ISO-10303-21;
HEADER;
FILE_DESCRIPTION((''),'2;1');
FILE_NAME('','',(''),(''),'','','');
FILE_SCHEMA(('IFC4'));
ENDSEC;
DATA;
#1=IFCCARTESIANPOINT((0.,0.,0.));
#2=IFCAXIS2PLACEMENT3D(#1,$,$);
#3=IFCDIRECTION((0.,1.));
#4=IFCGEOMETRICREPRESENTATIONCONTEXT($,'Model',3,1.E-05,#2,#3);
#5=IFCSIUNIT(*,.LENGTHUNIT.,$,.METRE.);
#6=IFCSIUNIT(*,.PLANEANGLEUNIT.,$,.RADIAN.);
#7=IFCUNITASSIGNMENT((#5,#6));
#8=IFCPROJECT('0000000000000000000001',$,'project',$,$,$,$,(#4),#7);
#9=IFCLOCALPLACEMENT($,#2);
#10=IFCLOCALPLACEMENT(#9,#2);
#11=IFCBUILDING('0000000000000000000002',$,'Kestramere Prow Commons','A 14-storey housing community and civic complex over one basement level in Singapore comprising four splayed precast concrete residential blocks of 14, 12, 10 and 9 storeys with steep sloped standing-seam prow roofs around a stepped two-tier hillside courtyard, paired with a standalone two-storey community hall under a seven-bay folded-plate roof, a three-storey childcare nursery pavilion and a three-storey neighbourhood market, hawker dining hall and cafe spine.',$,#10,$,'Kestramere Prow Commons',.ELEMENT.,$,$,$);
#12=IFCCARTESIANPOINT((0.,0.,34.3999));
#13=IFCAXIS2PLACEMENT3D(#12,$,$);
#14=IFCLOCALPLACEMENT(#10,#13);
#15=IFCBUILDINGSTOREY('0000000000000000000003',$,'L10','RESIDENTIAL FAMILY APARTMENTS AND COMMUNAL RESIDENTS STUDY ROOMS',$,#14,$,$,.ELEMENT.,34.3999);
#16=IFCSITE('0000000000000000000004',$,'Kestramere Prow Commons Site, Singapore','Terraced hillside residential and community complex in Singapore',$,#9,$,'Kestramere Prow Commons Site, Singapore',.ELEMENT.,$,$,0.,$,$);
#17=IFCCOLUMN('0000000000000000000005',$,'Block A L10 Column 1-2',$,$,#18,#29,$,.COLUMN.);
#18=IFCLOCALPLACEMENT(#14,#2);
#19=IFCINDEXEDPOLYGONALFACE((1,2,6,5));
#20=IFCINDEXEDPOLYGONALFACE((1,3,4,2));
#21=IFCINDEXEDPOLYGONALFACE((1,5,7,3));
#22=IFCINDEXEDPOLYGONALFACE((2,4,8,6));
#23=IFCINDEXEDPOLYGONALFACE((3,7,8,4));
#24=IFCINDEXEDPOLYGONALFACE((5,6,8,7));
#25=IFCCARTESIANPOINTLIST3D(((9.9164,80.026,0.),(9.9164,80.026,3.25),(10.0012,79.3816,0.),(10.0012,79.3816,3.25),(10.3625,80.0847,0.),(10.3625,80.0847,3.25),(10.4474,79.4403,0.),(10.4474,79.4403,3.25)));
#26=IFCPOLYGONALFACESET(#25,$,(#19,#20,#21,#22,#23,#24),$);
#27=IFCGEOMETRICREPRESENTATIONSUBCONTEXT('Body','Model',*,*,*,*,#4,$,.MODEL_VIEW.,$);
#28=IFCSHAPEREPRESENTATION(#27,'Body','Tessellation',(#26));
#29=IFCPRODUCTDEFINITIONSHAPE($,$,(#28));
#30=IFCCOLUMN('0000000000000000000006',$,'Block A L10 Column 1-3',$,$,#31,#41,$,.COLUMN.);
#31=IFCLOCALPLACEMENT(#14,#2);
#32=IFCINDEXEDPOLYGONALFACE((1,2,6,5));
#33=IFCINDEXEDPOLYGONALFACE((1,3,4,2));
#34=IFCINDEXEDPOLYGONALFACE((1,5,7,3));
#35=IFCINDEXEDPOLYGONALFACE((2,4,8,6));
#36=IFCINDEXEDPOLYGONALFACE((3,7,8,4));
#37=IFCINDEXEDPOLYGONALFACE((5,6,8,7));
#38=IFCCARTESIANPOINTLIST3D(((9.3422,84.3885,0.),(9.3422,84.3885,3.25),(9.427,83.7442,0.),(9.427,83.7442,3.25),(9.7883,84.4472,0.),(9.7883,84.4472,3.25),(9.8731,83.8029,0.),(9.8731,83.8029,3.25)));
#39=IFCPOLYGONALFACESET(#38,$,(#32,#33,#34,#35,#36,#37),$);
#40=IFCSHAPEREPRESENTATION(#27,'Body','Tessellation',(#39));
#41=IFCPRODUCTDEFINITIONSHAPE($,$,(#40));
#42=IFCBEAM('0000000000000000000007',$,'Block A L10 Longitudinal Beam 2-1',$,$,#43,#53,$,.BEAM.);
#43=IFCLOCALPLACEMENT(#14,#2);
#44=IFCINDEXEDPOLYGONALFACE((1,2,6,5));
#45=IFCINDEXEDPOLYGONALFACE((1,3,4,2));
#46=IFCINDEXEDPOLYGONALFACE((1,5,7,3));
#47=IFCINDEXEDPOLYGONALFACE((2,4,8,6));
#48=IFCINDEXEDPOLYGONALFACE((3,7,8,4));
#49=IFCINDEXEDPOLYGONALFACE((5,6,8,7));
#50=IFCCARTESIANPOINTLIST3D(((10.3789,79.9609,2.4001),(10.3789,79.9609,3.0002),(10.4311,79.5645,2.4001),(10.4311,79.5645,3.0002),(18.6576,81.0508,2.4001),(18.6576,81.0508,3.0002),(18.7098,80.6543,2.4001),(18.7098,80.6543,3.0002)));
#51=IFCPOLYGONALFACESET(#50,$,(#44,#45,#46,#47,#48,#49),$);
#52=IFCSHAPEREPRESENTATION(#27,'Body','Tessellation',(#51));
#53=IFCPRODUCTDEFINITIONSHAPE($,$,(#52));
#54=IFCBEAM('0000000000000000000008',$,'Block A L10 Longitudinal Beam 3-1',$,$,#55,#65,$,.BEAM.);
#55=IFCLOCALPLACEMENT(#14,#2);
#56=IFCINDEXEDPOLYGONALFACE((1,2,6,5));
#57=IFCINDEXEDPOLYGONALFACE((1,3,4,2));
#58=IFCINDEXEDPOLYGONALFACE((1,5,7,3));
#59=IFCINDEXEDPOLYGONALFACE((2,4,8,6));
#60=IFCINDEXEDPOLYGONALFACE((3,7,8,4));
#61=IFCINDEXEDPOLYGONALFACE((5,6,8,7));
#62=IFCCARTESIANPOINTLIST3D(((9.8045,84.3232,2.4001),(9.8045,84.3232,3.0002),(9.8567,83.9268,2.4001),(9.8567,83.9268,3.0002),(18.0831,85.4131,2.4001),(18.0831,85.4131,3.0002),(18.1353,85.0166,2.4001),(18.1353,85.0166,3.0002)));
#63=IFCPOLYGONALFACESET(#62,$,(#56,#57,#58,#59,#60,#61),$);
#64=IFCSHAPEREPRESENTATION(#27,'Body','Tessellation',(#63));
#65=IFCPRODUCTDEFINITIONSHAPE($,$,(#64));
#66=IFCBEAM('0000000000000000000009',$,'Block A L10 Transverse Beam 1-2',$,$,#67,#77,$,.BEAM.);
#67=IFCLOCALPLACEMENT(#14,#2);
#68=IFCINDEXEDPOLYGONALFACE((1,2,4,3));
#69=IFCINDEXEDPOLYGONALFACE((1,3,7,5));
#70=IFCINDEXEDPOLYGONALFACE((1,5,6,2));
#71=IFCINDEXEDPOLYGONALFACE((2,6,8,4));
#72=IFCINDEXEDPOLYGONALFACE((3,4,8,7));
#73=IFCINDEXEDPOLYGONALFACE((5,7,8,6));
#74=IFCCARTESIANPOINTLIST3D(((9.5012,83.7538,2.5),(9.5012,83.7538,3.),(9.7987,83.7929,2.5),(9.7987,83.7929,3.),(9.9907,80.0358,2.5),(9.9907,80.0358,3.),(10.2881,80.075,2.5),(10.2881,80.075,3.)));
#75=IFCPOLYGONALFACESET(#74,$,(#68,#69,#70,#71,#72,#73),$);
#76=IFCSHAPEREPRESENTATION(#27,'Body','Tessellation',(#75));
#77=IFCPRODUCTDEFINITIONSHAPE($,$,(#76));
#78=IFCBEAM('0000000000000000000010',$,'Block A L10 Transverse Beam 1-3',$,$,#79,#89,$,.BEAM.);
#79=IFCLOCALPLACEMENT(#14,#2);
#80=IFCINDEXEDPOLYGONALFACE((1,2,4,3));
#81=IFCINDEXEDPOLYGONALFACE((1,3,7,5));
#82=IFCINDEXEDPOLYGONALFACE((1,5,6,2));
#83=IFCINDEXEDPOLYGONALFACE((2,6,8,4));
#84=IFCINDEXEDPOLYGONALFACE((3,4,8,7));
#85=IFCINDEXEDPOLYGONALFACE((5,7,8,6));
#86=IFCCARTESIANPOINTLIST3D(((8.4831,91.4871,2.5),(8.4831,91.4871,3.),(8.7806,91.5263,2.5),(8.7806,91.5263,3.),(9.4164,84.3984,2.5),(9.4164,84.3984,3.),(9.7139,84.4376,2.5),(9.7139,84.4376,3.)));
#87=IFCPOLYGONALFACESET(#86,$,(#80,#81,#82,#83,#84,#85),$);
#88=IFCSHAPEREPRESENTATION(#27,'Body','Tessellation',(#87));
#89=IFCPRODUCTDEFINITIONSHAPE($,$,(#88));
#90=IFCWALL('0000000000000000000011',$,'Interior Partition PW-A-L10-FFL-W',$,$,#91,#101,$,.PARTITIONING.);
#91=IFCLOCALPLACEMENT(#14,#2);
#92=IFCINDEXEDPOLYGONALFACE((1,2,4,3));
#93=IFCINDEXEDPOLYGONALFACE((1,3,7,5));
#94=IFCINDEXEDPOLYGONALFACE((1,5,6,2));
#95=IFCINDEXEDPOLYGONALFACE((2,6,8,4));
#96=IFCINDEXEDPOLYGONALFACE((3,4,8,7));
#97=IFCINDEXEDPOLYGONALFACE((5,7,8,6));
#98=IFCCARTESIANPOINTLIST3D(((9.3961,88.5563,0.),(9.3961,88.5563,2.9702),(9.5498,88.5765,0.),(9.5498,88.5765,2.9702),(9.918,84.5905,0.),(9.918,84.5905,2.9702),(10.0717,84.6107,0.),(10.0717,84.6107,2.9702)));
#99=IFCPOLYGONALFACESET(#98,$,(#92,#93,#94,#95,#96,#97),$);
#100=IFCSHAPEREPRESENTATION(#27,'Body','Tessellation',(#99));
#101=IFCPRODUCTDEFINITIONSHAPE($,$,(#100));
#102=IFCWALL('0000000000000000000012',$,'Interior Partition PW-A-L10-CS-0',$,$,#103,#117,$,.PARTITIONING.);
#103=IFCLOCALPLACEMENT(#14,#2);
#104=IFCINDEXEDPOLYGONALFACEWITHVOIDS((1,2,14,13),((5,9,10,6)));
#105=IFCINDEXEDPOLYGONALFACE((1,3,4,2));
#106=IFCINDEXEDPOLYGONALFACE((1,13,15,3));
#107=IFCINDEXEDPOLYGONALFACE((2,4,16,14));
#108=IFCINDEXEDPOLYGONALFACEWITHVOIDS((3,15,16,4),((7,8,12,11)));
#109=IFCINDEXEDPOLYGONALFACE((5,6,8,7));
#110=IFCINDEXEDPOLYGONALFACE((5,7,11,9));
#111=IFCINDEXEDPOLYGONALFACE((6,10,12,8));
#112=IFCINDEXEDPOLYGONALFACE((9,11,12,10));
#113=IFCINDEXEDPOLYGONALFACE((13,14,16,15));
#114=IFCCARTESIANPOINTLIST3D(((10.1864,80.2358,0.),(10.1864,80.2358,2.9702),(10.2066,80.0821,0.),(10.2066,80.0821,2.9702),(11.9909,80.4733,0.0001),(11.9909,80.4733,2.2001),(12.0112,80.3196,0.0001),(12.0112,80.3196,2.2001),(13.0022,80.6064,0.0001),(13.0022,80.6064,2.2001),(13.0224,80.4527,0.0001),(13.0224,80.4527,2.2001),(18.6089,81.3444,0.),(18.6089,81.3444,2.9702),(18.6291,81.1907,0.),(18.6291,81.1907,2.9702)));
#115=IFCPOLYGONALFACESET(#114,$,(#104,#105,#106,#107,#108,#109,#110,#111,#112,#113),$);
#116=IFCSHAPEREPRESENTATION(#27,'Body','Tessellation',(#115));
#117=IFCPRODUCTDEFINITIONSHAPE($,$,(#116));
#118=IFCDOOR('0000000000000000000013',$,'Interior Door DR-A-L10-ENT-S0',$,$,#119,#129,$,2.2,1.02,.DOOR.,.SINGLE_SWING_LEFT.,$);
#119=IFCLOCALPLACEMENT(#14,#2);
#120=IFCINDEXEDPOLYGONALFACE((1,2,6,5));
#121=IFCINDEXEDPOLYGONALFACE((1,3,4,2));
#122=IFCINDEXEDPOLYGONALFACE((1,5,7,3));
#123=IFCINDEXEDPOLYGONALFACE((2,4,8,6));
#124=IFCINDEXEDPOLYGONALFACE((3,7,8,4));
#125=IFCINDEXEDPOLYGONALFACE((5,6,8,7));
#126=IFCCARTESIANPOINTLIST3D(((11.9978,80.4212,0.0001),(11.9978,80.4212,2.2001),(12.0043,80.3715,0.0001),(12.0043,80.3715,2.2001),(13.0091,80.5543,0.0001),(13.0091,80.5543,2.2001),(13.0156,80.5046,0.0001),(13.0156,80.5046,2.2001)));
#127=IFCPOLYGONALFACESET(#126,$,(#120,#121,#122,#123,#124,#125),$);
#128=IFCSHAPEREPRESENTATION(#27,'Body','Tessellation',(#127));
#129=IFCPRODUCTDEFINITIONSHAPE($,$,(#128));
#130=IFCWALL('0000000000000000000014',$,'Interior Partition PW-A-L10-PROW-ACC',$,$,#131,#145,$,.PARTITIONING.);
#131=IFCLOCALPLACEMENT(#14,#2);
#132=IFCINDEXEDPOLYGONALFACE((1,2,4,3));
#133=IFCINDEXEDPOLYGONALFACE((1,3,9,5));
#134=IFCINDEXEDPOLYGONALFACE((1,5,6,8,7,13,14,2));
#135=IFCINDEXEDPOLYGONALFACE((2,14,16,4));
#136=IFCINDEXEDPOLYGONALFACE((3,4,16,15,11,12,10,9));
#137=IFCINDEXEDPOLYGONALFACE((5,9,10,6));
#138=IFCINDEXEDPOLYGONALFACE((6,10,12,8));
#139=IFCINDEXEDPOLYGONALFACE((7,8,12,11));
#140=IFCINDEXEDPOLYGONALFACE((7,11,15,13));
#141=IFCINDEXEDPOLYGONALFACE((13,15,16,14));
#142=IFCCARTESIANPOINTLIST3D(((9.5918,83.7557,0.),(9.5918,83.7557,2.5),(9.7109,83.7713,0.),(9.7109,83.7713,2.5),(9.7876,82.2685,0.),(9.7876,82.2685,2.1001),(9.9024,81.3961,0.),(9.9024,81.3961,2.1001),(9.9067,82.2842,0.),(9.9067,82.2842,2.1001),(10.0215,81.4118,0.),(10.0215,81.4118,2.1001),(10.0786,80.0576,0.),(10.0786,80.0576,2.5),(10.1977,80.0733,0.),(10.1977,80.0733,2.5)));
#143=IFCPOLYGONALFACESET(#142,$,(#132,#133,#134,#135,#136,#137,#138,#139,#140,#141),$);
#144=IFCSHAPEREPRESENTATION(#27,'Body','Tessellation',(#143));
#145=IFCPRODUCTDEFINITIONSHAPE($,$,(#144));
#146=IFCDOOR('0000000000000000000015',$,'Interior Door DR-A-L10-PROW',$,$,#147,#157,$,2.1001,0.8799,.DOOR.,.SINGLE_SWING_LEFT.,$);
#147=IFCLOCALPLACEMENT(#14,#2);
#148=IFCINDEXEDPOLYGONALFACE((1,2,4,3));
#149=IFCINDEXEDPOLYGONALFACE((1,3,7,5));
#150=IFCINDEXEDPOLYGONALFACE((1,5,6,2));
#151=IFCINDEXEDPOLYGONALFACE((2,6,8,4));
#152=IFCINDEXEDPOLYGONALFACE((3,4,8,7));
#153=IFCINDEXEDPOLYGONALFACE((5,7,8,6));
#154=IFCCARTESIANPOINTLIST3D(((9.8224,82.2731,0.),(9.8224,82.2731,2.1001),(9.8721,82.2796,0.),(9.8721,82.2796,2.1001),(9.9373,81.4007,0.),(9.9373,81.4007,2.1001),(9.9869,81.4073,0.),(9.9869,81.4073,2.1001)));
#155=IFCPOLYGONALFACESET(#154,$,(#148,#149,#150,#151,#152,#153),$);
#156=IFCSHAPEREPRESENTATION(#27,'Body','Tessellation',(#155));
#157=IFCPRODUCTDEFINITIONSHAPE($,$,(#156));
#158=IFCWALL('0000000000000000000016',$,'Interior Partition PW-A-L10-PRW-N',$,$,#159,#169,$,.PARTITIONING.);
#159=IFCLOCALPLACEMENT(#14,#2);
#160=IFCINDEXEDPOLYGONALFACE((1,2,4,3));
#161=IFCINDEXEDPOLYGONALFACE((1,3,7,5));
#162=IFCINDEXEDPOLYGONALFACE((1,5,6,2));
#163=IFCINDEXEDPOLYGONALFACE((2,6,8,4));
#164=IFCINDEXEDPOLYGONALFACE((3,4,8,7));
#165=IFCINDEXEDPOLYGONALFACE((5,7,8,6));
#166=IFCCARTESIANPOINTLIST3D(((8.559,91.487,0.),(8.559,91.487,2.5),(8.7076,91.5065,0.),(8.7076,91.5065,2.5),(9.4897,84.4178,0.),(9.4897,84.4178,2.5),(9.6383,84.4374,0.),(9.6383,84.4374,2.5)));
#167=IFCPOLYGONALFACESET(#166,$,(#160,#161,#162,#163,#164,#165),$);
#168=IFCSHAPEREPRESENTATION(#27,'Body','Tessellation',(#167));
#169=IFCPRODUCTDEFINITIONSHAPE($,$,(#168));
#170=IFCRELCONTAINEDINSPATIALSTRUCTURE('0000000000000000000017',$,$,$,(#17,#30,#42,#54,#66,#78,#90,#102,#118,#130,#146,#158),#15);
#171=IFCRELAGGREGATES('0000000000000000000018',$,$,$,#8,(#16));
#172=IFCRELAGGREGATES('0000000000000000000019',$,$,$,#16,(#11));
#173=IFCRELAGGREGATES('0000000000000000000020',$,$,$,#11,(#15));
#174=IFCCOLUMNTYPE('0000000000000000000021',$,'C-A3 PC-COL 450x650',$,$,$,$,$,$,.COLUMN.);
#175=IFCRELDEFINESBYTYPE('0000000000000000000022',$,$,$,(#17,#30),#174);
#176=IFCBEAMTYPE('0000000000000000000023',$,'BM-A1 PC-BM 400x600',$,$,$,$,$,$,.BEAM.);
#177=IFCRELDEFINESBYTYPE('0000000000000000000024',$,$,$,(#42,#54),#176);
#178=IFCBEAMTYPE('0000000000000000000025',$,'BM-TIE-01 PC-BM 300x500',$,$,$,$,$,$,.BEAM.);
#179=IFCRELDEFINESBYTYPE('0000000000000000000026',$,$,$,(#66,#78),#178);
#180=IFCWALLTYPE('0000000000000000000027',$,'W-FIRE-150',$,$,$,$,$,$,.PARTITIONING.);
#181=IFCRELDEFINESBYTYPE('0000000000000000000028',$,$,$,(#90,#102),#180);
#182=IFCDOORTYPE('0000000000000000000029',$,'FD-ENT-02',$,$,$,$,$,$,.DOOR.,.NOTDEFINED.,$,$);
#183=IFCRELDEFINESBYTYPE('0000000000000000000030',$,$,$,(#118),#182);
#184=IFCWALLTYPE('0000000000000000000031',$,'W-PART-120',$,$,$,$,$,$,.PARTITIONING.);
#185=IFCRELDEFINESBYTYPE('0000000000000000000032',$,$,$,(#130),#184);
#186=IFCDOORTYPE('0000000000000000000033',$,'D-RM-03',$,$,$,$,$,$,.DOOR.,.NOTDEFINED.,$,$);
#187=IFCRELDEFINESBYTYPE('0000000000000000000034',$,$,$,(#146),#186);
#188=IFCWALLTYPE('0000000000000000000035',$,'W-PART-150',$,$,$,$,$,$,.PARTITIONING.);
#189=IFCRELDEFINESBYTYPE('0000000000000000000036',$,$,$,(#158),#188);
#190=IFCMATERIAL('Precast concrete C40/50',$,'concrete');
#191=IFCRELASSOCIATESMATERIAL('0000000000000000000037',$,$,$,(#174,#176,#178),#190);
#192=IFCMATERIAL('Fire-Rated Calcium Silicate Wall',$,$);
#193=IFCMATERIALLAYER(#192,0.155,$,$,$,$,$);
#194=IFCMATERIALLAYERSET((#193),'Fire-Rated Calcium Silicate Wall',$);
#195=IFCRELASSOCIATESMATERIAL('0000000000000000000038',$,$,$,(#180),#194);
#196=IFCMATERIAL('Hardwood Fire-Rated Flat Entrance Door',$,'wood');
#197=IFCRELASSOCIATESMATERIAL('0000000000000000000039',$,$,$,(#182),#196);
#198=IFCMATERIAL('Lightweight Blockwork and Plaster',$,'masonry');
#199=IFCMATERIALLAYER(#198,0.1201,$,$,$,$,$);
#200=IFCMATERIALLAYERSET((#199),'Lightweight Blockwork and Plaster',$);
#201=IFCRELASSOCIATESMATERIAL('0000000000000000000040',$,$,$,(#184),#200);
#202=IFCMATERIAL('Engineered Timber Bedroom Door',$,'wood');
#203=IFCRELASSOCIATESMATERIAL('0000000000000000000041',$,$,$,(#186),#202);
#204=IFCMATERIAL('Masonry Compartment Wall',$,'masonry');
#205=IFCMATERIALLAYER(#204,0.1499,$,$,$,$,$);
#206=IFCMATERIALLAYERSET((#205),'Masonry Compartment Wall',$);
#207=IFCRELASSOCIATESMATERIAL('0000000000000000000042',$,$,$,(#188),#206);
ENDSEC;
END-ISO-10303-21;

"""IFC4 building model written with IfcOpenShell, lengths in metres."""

from ifc_helpers import new_model, si_unit, direction, frame, frame_2d, origin, origin_2d, place, context, subcontext, project, spatial, rectangle, extrude, material, layer, layer_set, material_profile, profile_set, type_object, element, fill, save


model = new_model("IFC4")

# Units and contexts
model_context = context("Model", 3, precision=1e-05, world=origin(), true_north=direction((0.0, 1.0)))
body_context = subcontext(model_context, "Body", "Model", "MODEL_VIEW")
ifc_project = project(units=[si_unit("LENGTHUNIT", "METRE"), si_unit("PLANEANGLEUNIT", "RADIAN")], contexts=[model_context])

# Site, building, storey
site_placement = place(None, origin())
site = spatial("IfcSite", under=ifc_project, at=site_placement, Name="Kestramere Prow Commons Site, Singapore", Description="Terraced hillside residential and community complex in Singapore", LongName="Kestramere Prow Commons Site, Singapore", CompositionType="ELEMENT", RefElevation=0.0)
building_placement = place(site_placement, origin())
building = spatial("IfcBuilding", under=site, at=building_placement, Name="Kestramere Prow Commons", Description="A 14-storey housing community and civic complex over one basement level in Singapore comprising four splayed precast concrete residential blocks of 14, 12, 10 and 9 storeys with steep sloped standing-seam prow roofs around a stepped two-tier hillside courtyard, paired with a standalone two-storey community hall under a seven-bay folded-plate roof, a three-storey childcare nursery pavilion and a three-storey neighbourhood market, hawker dining hall and cafe spine.", LongName="Kestramere Prow Commons", CompositionType="ELEMENT")
storey_placement = place(building_placement, frame((0.0, 0.0, 34.3999)))
storey = spatial("IfcBuildingStorey", under=building, at=storey_placement, Name="L10", Description="RESIDENTIAL FAMILY APARTMENTS AND COMMUNAL RESIDENTS STUDY ROOMS", CompositionType="ELEMENT", Elevation=34.3999)

# Columns
ifc_material_1 = material(Name="Precast concrete C40/50", Category="concrete")
ifc_material_profile_1 = material_profile(ifc_material_1, rectangle(XDim=0.45, YDim=0.6499, at=origin_2d()), Name="PC-COL 450x650")
ifc_profile_set_1 = profile_set([ifc_material_profile_1], Name="Precast concrete C40/50")
column_type = type_object("IfcColumnType", Name="C-A3 PC-COL 450x650", PredefinedType="COLUMN", material=ifc_profile_set_1)
for number, where, z_axis, x_axis, name in (
    (1, (10.1819, 79.7332, 0.0), (0.0, 0.0, 1.0), (0.991445, 0.130526, 0.0), "Block A L10 Column 1-2"),
    (2, (9.6077, 84.0957, 0.0), (0.0, 0.0, 1.0), (0.991445, 0.130526, 0.0), "Block A L10 Column 1-3"),
):
    element("IfcColumn", number, at=place(storey_placement, frame(where, z_axis=z_axis, x_axis=x_axis)), inside=storey, type_object=column_type, Name=name, PredefinedType="COLUMN", context=body_context, shape_type="SweptSolid", body=[
        extrude(rectangle(XDim=0.45, YDim=0.6499, at=origin_2d()), origin(), (0.0, 0.0, 1.0), 3.25),
    ])

# Beams
ifc_material_profile_2 = material_profile(ifc_material_1, rectangle(XDim=0.3999, YDim=0.6001, at=origin_2d()), Name="PC-BM 400x600")
ifc_profile_set_2 = profile_set([ifc_material_profile_2], Name="Precast concrete C40/50")
beam_type_1 = type_object("IfcBeamType", Name="BM-A1 PC-BM 400x600", PredefinedType="BEAM", material=ifc_profile_set_2)
for number, where, z_axis, x_axis, name in (
    (3, (10.405, 79.7627, 2.7002), (0.991446, 0.13052, 0.0), (-0.13052, 0.991446, 0.0), "Block A L10 Longitudinal Beam 2-1"),
    (4, (9.8306, 84.125, 2.7002), (0.991446, 0.13052, 0.0), (-0.13052, 0.991446, 0.0), "Block A L10 Longitudinal Beam 3-1"),
):
    element("IfcBeam", number, at=place(storey_placement, frame(where, z_axis=z_axis, x_axis=x_axis)), inside=storey, type_object=beam_type_1, Name=name, PredefinedType="BEAM", context=body_context, shape_type="SweptSolid", body=[
        extrude(rectangle(XDim=0.3999, YDim=0.6001, at=origin_2d()), origin(), (0.0, 0.0, 1.0), 8.3501),
    ])
ifc_material_profile_3 = material_profile(ifc_material_1, rectangle(XDim=0.3, YDim=0.5, at=origin_2d()), Name="PC-BM 300x500")
ifc_profile_set_3 = profile_set([ifc_material_profile_3], Name="Precast concrete C40/50")
beam_type_2 = type_object("IfcBeamType", Name="BM-TIE-01 PC-BM 300x500", PredefinedType="BEAM", material=ifc_profile_set_3)
beam_1_placement = place(storey_placement, frame((10.1394, 80.0554, 2.75), z_axis=(-0.13053, 0.991444, 0.0), x_axis=(-0.991444, -0.13053, 0.0)))
element("IfcBeam", 5, at=beam_1_placement, inside=storey, type_object=beam_type_2, Name="Block A L10 Transverse Beam 1-2", PredefinedType="BEAM", context=body_context, shape_type="SweptSolid", body=[
    extrude(rectangle(XDim=0.3, YDim=0.5, at=origin_2d()), origin(), (0.0, 0.0, 1.0), 3.75),
])
beam_2_placement = place(storey_placement, frame((9.5652, 84.418, 2.75), z_axis=(-0.130542, 0.991443, 0.0), x_axis=(-0.991443, -0.130542, 0.0)))
element("IfcBeam", 6, at=beam_2_placement, inside=storey, type_object=beam_type_2, Name="Block A L10 Transverse Beam 1-3", PredefinedType="BEAM", context=body_context, shape_type="SweptSolid", body=[
    extrude(rectangle(XDim=0.3, YDim=0.5, at=origin_2d()), origin(), (0.0, 0.0, 1.0), 7.1499),
])

# Shared definitions
ifc_material_2 = material(Name="Fire-Rated Calcium Silicate Wall")
ifc_layer_1 = layer(ifc_material_2, 0.155)
ifc_layer_set_1 = layer_set([ifc_layer_1], Name="Fire-Rated Calcium Silicate Wall")
wall_type_1 = type_object("IfcWallType", Name="W-FIRE-150", PredefinedType="PARTITIONING", material=ifc_layer_set_1)

# Wall
wall_1_placement = place(storey_placement, frame((9.9949, 84.6006, 0.0), z_axis=(0.0, 0.0, 1.0), x_axis=(-0.130492, 0.991449, 0.0)))
element("IfcWall", 7, at=wall_1_placement, inside=storey, type_object=wall_type_1, Name="Interior Partition PW-A-L10-FFL-W", PredefinedType="PARTITIONING", context=body_context, shape_type="SweptSolid", body=[
    extrude(rectangle(XDim=4.0, YDim=0.155, at=frame_2d((2.0, 0.0))), origin(), (0.0, 0.0, 1.0), 2.9702),
])

# Walls, openings, doors
wall_2_placement = place(storey_placement, frame((10.1965, 80.1589, 0.0), z_axis=(0.0, 0.0, 1.0), x_axis=(0.991448, 0.130505, 0.0)))
wall_2 = element("IfcWall", 8, at=wall_2_placement, inside=storey, type_object=wall_type_1, Name="Interior Partition PW-A-L10-CS-0", PredefinedType="PARTITIONING", context=body_context, shape_type="SweptSolid", body=[
    extrude(rectangle(XDim=8.4951, YDim=0.155, at=frame_2d((4.2476, 0.0))), origin(), (0.0, 0.0, 1.0), 2.9702),
])
opening_1_placement = place(wall_2_placement, frame((1.8201, 0.0, 0.0)))
opening_1 = element("IfcOpeningElement", 9, at=opening_1_placement, cuts=wall_2, PredefinedType="OPENING", context=body_context, shape_type="SweptSolid", body=[
    extrude(rectangle(XDim=1.02, YDim=2.2, at=frame_2d((0.51, 1.1001))), frame((0.0, 0.0925, 0.0), z_axis=(0.0, -1.0, 0.0), x_axis=(1.0, 0.0, 0.0)), (0.0, 0.0, 1.0), 0.1851),
])
ifc_material_3 = material(Name="Hardwood Fire-Rated Flat Entrance Door", Category="wood")
door_type_1 = type_object("IfcDoorType", Name="FD-ENT-02", OperationType="NOTDEFINED", PredefinedType="DOOR", material=ifc_material_3)
door_1_placement = place(opening_1_placement, origin())
door_1 = element("IfcDoor", 10, at=door_1_placement, inside=storey, type_object=door_type_1, Name="Interior Door DR-A-L10-ENT-S0", OperationType="SINGLE_SWING_LEFT", OverallHeight=2.2, OverallWidth=1.02, PredefinedType="DOOR", context=body_context, shape_type="SweptSolid", body=[
    extrude(rectangle(XDim=1.02, YDim=2.2, at=frame_2d((0.51, 1.1001))), frame((0.0, 0.0249, 0.0), z_axis=(0.0, -1.0, 0.0), x_axis=(1.0, 0.0, 0.0)), (0.0, 0.0, 1.0), 0.05),
])
fill(opening_1, door_1)
ifc_material_4 = material(Name="Lightweight Blockwork and Plaster", Category="masonry")
ifc_layer_2 = layer(ifc_material_4, 0.1201)
ifc_layer_set_2 = layer_set([ifc_layer_2], Name="Lightweight Blockwork and Plaster")
wall_type_2 = type_object("IfcWallType", Name="W-PART-120", PredefinedType="PARTITIONING", material=ifc_layer_set_2)
wall_3_placement = place(storey_placement, frame((10.1382, 80.0654, 0.0), z_axis=(0.0, 0.0, 1.0), x_axis=(-0.130517, 0.991446, 0.0)))
wall_3 = element("IfcWall", 11, at=wall_3_placement, inside=storey, type_object=wall_type_2, Name="Interior Partition PW-A-L10-PROW-ACC", PredefinedType="PARTITIONING", context=body_context, shape_type="SweptSolid", body=[
    extrude(rectangle(XDim=3.73, YDim=0.1201, at=frame_2d((1.865, 0.0))), origin(), (0.0, 0.0, 1.0), 2.5),
])
opening_2_placement = place(wall_3_placement, frame((1.3501, 0.0, 0.0)))
opening_2 = element("IfcOpeningElement", 12, at=opening_2_placement, cuts=wall_3, PredefinedType="OPENING", context=body_context, shape_type="SweptSolid", body=[
    extrude(rectangle(XDim=0.8799, YDim=2.1001, at=frame_2d((0.4399, 1.05))), frame((0.0, 0.075, 0.0), z_axis=(0.0, -1.0, 0.0), x_axis=(1.0, 0.0, 0.0)), (0.0, 0.0, 1.0), 0.1501),
])
ifc_material_5 = material(Name="Engineered Timber Bedroom Door", Category="wood")
door_type_2 = type_object("IfcDoorType", Name="D-RM-03", OperationType="NOTDEFINED", PredefinedType="DOOR", material=ifc_material_5)
door_2_placement = place(opening_2_placement, origin())
door_2 = element("IfcDoor", 13, at=door_2_placement, inside=storey, type_object=door_type_2, Name="Interior Door DR-A-L10-PROW", OperationType="SINGLE_SWING_LEFT", OverallHeight=2.1001, OverallWidth=0.8799, PredefinedType="DOOR", context=body_context, shape_type="SweptSolid", body=[
    extrude(rectangle(XDim=0.8799, YDim=2.1001, at=frame_2d((0.4399, 1.05))), frame((0.0, 0.0249, 0.0), z_axis=(0.0, -1.0, 0.0), x_axis=(1.0, 0.0, 0.0)), (0.0, 0.0, 1.0), 0.05),
])
fill(opening_2, door_2)

# Wall
ifc_material_6 = material(Name="Masonry Compartment Wall", Category="masonry")
ifc_layer_3 = layer(ifc_material_6, 0.1499)
ifc_layer_set_3 = layer_set([ifc_layer_3], Name="Masonry Compartment Wall")
wall_type_3 = type_object("IfcWallType", Name="W-PART-150", PredefinedType="PARTITIONING", material=ifc_layer_set_3)
wall_4_placement = place(storey_placement, frame((9.564, 84.4277, 0.0), z_axis=(0.0, 0.0, 1.0), x_axis=(-0.130526, 0.991445, 0.0)))
element("IfcWall", 14, at=wall_4_placement, inside=storey, type_object=wall_type_3, Name="Interior Partition PW-A-L10-PRW-N", PredefinedType="PARTITIONING", context=body_context, shape_type="SweptSolid", body=[
    extrude(rectangle(XDim=7.1301, YDim=0.1499, at=frame_2d((3.5649, 0.0))), origin(), (0.0, 0.0, 1.0), 2.5),
])

save(model, "model.ifc")
